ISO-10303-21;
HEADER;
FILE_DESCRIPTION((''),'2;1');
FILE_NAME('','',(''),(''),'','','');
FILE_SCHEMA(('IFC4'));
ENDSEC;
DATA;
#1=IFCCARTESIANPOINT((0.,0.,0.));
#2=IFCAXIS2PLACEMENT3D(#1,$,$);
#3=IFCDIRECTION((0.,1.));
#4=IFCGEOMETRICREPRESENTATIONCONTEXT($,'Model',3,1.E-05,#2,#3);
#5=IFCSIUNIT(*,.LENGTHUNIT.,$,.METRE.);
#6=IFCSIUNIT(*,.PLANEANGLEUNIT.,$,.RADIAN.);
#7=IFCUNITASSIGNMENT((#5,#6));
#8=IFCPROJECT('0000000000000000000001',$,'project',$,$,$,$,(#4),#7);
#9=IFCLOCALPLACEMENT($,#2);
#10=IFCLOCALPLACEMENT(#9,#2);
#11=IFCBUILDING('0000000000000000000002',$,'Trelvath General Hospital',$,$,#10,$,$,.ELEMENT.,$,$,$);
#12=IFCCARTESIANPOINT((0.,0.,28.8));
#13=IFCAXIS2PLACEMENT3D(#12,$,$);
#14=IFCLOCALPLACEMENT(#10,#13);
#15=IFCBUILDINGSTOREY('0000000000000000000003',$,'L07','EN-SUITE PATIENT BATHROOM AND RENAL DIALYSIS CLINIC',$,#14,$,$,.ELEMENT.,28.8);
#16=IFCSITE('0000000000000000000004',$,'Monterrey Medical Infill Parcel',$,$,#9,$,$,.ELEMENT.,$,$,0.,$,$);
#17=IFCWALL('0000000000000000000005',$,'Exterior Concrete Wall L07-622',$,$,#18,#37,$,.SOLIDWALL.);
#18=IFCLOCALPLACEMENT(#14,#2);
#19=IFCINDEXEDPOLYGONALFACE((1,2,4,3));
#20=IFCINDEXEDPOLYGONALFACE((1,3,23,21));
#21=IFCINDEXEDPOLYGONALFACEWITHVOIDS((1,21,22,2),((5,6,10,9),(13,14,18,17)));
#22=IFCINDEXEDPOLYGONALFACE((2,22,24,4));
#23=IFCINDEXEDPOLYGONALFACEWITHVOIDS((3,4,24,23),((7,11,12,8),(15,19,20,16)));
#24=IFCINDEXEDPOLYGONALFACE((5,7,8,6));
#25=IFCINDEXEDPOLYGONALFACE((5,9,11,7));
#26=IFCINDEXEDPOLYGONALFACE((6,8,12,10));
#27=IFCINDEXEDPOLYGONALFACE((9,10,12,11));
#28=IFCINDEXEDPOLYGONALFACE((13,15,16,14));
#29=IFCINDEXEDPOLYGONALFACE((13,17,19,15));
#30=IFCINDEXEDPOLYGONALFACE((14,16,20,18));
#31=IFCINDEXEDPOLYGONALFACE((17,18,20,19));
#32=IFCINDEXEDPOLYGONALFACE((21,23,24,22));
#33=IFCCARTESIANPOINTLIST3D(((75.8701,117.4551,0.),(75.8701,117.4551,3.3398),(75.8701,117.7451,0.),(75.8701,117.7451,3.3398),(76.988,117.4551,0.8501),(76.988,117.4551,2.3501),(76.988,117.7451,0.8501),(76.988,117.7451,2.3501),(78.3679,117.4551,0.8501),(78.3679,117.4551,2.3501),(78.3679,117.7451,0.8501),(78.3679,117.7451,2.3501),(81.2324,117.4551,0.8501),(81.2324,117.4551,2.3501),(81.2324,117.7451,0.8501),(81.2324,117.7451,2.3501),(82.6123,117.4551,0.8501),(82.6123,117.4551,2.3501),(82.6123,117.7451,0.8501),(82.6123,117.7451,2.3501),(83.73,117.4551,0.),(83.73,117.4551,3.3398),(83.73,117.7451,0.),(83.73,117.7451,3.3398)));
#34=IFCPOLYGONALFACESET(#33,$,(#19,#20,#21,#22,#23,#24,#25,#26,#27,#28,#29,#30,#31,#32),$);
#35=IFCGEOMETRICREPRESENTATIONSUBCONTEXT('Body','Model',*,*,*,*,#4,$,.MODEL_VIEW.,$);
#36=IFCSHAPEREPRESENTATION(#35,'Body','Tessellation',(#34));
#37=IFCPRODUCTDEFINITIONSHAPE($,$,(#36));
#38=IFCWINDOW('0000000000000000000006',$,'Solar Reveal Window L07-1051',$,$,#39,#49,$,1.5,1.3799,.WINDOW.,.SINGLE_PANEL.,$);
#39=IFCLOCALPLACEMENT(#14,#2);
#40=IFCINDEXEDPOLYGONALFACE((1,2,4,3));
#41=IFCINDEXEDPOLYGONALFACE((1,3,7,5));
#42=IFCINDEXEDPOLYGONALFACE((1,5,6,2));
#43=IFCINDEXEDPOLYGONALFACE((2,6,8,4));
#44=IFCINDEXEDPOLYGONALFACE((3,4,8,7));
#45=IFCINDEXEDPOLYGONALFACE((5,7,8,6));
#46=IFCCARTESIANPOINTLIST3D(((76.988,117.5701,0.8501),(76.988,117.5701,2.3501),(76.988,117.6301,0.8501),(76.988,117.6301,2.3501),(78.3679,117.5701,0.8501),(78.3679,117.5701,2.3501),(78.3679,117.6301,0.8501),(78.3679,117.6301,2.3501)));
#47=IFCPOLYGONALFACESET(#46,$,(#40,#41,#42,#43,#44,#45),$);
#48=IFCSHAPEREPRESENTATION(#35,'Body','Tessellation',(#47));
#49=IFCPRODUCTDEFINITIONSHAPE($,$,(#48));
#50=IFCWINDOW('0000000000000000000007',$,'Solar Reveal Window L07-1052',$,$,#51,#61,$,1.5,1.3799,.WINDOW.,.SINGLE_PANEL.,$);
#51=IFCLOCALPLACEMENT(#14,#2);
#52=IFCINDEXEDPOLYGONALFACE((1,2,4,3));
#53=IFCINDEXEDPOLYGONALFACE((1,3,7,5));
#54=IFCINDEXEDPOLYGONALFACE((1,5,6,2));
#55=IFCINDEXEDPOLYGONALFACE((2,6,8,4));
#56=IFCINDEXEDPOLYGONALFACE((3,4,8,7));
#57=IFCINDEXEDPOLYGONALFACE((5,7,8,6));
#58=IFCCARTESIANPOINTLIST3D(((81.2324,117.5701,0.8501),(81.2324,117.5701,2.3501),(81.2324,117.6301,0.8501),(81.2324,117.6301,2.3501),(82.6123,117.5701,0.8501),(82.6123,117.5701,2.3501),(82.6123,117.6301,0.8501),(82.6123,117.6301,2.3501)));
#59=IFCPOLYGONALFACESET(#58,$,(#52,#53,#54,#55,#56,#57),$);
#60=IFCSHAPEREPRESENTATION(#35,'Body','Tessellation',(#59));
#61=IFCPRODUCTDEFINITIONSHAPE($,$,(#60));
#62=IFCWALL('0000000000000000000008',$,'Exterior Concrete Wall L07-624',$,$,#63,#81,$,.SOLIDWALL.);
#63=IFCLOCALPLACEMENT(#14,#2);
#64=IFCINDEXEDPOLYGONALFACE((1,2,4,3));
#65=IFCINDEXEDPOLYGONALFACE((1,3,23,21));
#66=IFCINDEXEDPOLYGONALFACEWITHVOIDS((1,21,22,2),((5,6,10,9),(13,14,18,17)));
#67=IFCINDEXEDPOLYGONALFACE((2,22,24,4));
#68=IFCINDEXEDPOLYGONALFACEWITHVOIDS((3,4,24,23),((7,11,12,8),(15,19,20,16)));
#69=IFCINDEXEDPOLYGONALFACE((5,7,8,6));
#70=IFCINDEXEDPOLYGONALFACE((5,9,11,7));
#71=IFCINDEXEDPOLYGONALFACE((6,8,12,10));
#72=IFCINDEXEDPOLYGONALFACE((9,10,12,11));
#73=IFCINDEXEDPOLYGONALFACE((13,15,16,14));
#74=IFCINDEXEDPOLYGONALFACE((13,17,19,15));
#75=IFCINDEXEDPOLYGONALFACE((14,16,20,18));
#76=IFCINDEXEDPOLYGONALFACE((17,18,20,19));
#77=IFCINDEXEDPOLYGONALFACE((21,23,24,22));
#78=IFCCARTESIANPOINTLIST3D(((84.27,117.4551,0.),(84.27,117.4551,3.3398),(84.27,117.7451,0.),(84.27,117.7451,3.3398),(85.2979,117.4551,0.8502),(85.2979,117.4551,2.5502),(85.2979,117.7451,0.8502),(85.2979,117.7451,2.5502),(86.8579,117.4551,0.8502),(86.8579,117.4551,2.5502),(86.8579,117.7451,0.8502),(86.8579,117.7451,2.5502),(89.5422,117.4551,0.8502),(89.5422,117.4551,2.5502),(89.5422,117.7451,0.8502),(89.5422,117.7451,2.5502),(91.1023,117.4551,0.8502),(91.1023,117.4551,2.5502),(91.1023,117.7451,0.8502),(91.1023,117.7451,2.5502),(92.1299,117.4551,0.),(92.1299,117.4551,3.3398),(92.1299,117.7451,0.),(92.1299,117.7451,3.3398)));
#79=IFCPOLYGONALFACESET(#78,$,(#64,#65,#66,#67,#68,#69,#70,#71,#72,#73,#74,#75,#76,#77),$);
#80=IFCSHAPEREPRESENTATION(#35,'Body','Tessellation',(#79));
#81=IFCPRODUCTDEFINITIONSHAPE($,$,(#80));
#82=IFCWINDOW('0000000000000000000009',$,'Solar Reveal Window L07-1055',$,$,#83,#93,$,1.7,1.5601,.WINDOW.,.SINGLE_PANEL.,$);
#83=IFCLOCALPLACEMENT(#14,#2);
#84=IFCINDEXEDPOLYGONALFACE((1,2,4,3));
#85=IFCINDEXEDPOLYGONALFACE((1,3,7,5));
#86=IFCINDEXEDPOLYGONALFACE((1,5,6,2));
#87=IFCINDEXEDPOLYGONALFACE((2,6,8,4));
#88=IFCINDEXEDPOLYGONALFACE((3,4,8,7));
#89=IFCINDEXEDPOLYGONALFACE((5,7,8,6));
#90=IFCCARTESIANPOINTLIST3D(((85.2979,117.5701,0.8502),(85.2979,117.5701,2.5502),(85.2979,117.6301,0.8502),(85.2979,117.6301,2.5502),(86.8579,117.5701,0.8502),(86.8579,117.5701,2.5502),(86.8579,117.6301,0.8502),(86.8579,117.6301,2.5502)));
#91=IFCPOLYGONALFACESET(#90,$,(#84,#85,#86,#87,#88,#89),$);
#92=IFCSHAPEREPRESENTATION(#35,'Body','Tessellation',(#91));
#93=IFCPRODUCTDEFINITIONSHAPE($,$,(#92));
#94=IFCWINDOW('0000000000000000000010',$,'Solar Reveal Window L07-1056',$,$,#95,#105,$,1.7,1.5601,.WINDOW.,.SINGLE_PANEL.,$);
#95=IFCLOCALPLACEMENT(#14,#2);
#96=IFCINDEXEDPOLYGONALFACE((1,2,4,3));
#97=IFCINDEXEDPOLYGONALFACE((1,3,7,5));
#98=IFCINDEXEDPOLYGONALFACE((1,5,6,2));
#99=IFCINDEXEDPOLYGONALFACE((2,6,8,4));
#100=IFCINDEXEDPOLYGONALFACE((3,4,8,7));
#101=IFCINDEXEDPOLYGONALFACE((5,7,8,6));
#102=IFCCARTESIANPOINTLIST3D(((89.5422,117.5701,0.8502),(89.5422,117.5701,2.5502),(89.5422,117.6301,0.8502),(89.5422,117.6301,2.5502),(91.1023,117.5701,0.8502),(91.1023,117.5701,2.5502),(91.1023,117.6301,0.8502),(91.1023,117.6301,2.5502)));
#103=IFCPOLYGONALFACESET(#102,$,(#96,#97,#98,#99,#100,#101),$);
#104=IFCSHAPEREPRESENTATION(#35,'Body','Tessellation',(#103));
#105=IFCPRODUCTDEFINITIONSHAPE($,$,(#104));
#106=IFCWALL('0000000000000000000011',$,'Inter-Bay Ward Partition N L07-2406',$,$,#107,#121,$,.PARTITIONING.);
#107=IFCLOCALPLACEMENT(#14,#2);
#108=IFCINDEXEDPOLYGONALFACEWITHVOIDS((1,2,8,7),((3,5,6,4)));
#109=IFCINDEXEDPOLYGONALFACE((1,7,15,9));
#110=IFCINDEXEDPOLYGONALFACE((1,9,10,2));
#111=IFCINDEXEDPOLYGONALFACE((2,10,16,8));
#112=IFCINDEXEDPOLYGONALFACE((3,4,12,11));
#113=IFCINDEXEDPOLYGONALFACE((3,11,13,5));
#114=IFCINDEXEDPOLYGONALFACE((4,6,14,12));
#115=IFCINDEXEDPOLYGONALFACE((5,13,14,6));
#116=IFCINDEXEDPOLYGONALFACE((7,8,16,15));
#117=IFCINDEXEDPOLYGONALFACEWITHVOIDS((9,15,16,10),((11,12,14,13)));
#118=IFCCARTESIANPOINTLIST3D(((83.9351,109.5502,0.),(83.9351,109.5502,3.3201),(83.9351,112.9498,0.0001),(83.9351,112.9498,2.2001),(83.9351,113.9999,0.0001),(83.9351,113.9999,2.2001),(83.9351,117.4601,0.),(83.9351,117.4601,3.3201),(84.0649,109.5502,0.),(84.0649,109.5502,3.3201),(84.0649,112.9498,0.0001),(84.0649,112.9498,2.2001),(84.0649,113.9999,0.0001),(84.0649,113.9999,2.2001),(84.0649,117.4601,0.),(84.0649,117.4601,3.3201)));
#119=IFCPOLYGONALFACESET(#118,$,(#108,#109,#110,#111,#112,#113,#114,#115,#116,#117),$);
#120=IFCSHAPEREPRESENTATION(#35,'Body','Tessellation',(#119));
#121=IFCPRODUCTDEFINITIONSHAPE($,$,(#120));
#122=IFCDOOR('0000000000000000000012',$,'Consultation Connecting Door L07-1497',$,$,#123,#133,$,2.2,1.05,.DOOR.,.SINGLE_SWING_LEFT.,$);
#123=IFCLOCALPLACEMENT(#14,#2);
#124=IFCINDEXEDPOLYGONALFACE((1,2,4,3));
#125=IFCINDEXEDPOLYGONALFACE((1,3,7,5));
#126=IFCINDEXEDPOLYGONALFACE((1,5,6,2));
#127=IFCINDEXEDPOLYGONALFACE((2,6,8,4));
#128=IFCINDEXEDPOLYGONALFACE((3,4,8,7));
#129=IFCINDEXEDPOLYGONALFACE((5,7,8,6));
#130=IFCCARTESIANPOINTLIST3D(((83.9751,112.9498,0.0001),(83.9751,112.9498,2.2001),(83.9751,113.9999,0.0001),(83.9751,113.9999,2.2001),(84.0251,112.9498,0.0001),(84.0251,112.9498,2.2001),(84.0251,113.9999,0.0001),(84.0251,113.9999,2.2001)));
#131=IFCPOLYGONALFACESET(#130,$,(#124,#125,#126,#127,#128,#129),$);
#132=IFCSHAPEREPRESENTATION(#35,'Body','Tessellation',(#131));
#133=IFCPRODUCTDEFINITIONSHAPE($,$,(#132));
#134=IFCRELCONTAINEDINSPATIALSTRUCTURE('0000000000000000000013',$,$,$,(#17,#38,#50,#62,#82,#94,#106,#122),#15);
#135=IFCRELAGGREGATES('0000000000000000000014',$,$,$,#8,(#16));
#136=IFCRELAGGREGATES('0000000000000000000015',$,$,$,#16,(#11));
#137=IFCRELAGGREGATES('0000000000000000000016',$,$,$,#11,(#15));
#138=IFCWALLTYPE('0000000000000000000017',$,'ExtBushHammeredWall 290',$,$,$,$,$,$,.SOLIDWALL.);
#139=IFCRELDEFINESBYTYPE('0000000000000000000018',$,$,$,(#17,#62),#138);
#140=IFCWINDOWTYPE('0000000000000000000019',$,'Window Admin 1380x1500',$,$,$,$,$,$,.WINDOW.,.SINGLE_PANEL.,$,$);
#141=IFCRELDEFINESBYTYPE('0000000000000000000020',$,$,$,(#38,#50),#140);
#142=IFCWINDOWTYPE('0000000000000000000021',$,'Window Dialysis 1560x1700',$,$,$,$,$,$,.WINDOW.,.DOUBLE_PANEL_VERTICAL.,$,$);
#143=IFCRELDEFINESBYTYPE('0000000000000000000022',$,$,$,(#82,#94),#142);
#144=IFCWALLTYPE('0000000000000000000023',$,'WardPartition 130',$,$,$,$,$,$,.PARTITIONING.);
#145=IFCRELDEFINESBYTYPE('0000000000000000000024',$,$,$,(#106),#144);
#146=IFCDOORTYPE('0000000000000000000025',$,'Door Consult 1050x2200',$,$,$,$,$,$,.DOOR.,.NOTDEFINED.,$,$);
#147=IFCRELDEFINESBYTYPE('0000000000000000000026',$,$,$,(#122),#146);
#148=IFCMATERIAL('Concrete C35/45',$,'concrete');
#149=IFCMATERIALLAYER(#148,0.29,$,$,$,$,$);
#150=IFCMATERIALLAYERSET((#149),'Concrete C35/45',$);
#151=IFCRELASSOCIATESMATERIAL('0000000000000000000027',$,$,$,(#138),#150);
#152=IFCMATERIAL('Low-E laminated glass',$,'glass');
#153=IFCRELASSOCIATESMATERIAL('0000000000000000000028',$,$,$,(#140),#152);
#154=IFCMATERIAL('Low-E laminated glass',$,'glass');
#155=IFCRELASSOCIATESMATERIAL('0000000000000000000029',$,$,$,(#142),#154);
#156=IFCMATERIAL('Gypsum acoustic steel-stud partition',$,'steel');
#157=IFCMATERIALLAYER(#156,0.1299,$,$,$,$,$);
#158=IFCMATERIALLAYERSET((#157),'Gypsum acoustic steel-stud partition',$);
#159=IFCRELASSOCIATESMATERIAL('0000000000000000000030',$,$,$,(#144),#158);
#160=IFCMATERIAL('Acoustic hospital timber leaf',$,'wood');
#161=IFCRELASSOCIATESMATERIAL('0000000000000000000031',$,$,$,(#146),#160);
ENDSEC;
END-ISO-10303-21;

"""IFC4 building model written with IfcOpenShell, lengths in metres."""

from ifc_helpers import new_model, si_unit, direction, frame, frame_2d, origin, place, context, subcontext, project, spatial, rectangle, extrude, material, layer, layer_set, type_object, element, fill, save


model = new_model("IFC4")

# Units and contexts
model_context = context("Model", 3, precision=1e-05, world=origin(), true_north=direction((0.0, 1.0)))
body_context = subcontext(model_context, "Body", "Model", "MODEL_VIEW")
ifc_project = project(units=[si_unit("LENGTHUNIT", "METRE"), si_unit("PLANEANGLEUNIT", "RADIAN")], contexts=[model_context])

# Site, building, storey
site_placement = place(None, origin())
site = spatial("IfcSite", under=ifc_project, at=site_placement, Name="Monterrey Medical Infill Parcel", CompositionType="ELEMENT", RefElevation=0.0)
building_placement = place(site_placement, origin())
building = spatial("IfcBuilding", under=site, at=building_placement, Name="Trelvath General Hospital", CompositionType="ELEMENT")
storey_placement = place(building_placement, frame((0.0, 0.0, 28.8)))
storey = spatial("IfcBuildingStorey", under=building, at=storey_placement, Name="L07", Description="EN-SUITE PATIENT BATHROOM AND RENAL DIALYSIS CLINIC", CompositionType="ELEMENT", Elevation=28.8)

# Walls, openings, windows
ifc_material_1 = material(Name="Concrete C35/45", Category="concrete")
ifc_layer_1 = layer(ifc_material_1, 0.29)
ifc_layer_set_1 = layer_set([ifc_layer_1], Name="Concrete C35/45")
wall_type_1 = type_object("IfcWallType", Name="ExtBushHammeredWall 290", PredefinedType="SOLIDWALL", material=ifc_layer_set_1)
wall_1_placement = place(storey_placement, frame((75.8701, 117.6001, 0.0), z_axis=(0.0, 0.0, 1.0), x_axis=(1.0, 0.0, 0.0)))
wall_1 = element("IfcWall", 1, at=wall_1_placement, inside=storey, type_object=wall_type_1, Name="Exterior Concrete Wall L07-622", PredefinedType="SOLIDWALL", context=body_context, shape_type="SweptSolid", body=[
    extrude(rectangle(XDim=7.8599, YDim=0.29, at=frame_2d((3.9299, 0.0))), origin(), (0.0, 0.0, 1.0), 3.3398),
])
opening_1_placement = place(wall_1_placement, frame((1.1179, 0.0, 0.8501)))
opening_1 = element("IfcOpeningElement", 2, at=opening_1_placement, cuts=wall_1, PredefinedType="OPENING", context=body_context, shape_type="SweptSolid", body=[
    extrude(rectangle(XDim=1.3799, YDim=1.5, at=frame_2d((0.6899, 0.75))), frame((0.0, 0.155, 0.0), z_axis=(0.0, -1.0, 0.0), x_axis=(1.0, 0.0, 0.0)), (0.0, 0.0, 1.0), 0.3101),
])
opening_2_placement = place(wall_1_placement, frame((5.3623, 0.0, 0.8501)))
opening_2 = element("IfcOpeningElement", 3, at=opening_2_placement, cuts=wall_1, PredefinedType="OPENING", context=body_context, shape_type="SweptSolid", body=[
    extrude(rectangle(XDim=1.3799, YDim=1.5, at=frame_2d((0.6899, 0.75))), frame((0.0, 0.155, 0.0), z_axis=(0.0, -1.0, 0.0), x_axis=(1.0, 0.0, 0.0)), (0.0, 0.0, 1.0), 0.3101),
])
ifc_material_2 = material(Name="Low-E laminated glass", Category="glass")
window_type_1 = type_object("IfcWindowType", Name="Window Admin 1380x1500", PartitioningType="SINGLE_PANEL", PredefinedType="WINDOW", material=ifc_material_2)
window_1_placement = place(opening_1_placement, origin())
window_1 = element("IfcWindow", 4, at=window_1_placement, inside=storey, type_object=window_type_1, Name="Solar Reveal Window L07-1051", OverallHeight=1.5, OverallWidth=1.3799, PartitioningType="SINGLE_PANEL", PredefinedType="WINDOW", context=body_context, shape_type="SweptSolid", body=[
    extrude(rectangle(XDim=1.3799, YDim=1.5, at=frame_2d((0.6899, 0.75))), frame((0.0, 0.03, 0.0), z_axis=(0.0, -1.0, 0.0), x_axis=(1.0, 0.0, 0.0)), (0.0, 0.0, 1.0), 0.0601),
])
fill(opening_1, window_1)
window_2_placement = place(opening_2_placement, origin())
window_2 = element("IfcWindow", 5, at=window_2_placement, inside=storey, type_object=window_type_1, Name="Solar Reveal Window L07-1052", OverallHeight=1.5, OverallWidth=1.3799, PartitioningType="SINGLE_PANEL", PredefinedType="WINDOW", context=body_context, shape_type="SweptSolid", body=[
    extrude(rectangle(XDim=1.3799, YDim=1.5, at=frame_2d((0.6899, 0.75))), frame((0.0, 0.03, 0.0), z_axis=(0.0, -1.0, 0.0), x_axis=(1.0, 0.0, 0.0)), (0.0, 0.0, 1.0), 0.0601),
])
fill(opening_2, window_2)
wall_2_placement = place(storey_placement, frame((84.27, 117.6001, 0.0), z_axis=(0.0, 0.0, 1.0), x_axis=(1.0, 0.0, 0.0)))
wall_2 = element("IfcWall", 6, at=wall_2_placement, inside=storey, type_object=wall_type_1, Name="Exterior Concrete Wall L07-624", PredefinedType="SOLIDWALL", context=body_context, shape_type="SweptSolid", body=[
    extrude(rectangle(XDim=7.8599, YDim=0.29, at=frame_2d((3.9299, 0.0))), origin(), (0.0, 0.0, 1.0), 3.3398),
])
opening_3_placement = place(wall_2_placement, frame((1.0278, 0.0, 0.8501)))
opening_3 = element("IfcOpeningElement", 7, at=opening_3_placement, cuts=wall_2, PredefinedType="OPENING", context=body_context, shape_type="SweptSolid", body=[
    extrude(rectangle(XDim=1.5601, YDim=1.7, at=frame_2d((0.78, 0.8501))), frame((0.0, 0.155, 0.0), z_axis=(0.0, -1.0, 0.0), x_axis=(1.0, 0.0, 0.0)), (0.0, 0.0, 1.0), 0.3101),
])
opening_4_placement = place(wall_2_placement, frame((5.2722, 0.0, 0.8501)))
opening_4 = element("IfcOpeningElement", 8, at=opening_4_placement, cuts=wall_2, PredefinedType="OPENING", context=body_context, shape_type="SweptSolid", body=[
    extrude(rectangle(XDim=1.5601, YDim=1.7, at=frame_2d((0.78, 0.8501))), frame((0.0, 0.155, 0.0), z_axis=(0.0, -1.0, 0.0), x_axis=(1.0, 0.0, 0.0)), (0.0, 0.0, 1.0), 0.3101),
])
ifc_material_3 = material(Name="Low-E laminated glass", Category="glass")
window_type_2 = type_object("IfcWindowType", Name="Window Dialysis 1560x1700", PartitioningType="DOUBLE_PANEL_VERTICAL", PredefinedType="WINDOW", material=ifc_material_3)
window_3_placement = place(opening_3_placement, origin())
window_3 = element("IfcWindow", 9, at=window_3_placement, inside=storey, type_object=window_type_2, Name="Solar Reveal Window L07-1055", OverallHeight=1.7, OverallWidth=1.5601, PartitioningType="SINGLE_PANEL", PredefinedType="WINDOW", context=body_context, shape_type="SweptSolid", body=[
    extrude(rectangle(XDim=1.5601, YDim=1.7, at=frame_2d((0.78, 0.8501))), frame((0.0, 0.03, 0.0), z_axis=(0.0, -1.0, 0.0), x_axis=(1.0, 0.0, 0.0)), (0.0, 0.0, 1.0), 0.0601),
])
fill(opening_3, window_3)
window_4_placement = place(opening_4_placement, origin())
window_4 = element("IfcWindow", 10, at=window_4_placement, inside=storey, type_object=window_type_2, Name="Solar Reveal Window L07-1056", OverallHeight=1.7, OverallWidth=1.5601, PartitioningType="SINGLE_PANEL", PredefinedType="WINDOW", context=body_context, shape_type="SweptSolid", body=[
    extrude(rectangle(XDim=1.5601, YDim=1.7, at=frame_2d((0.78, 0.8501))), frame((0.0, 0.03, 0.0), z_axis=(0.0, -1.0, 0.0), x_axis=(1.0, 0.0, 0.0)), (0.0, 0.0, 1.0), 0.0601),
])
fill(opening_4, window_4)

# Wall, opening, door
ifc_material_4 = material(Name="Gypsum acoustic steel-stud partition", Category="steel")
ifc_layer_2 = layer(ifc_material_4, 0.1299)
ifc_layer_set_2 = layer_set([ifc_layer_2], Name="Gypsum acoustic steel-stud partition")
wall_type_2 = type_object("IfcWallType", Name="WardPartition 130", PredefinedType="PARTITIONING", material=ifc_layer_set_2)
wall_3_placement = place(storey_placement, frame((84.0, 109.55, 0.0), z_axis=(0.0, 0.0, 1.0), x_axis=(0.0, 1.0, 0.0)))
wall_3 = element("IfcWall", 11, at=wall_3_placement, inside=storey, type_object=wall_type_2, Name="Inter-Bay Ward Partition N L07-2406", PredefinedType="PARTITIONING", context=body_context, shape_type="SweptSolid", body=[
    extrude(rectangle(XDim=7.9099, YDim=0.1299, at=frame_2d((3.9551, 0.0))), origin(), (0.0, 0.0, 1.0), 3.3201),
])
opening_5_placement = place(wall_3_placement, frame((3.3999, 0.0, 0.0)))
opening_5 = element("IfcOpeningElement", 12, at=opening_5_placement, cuts=wall_3, PredefinedType="OPENING", context=body_context, shape_type="SweptSolid", body=[
    extrude(rectangle(XDim=1.05, YDim=2.2, at=frame_2d((0.5249, 1.1001))), frame((0.0, 0.075, 0.0), z_axis=(0.0, -1.0, 0.0), x_axis=(1.0, 0.0, 0.0)), (0.0, 0.0, 1.0), 0.1499),
])
ifc_material_5 = material(Name="Acoustic hospital timber leaf", Category="wood")
door_type = type_object("IfcDoorType", Name="Door Consult 1050x2200", OperationType="NOTDEFINED", PredefinedType="DOOR", material=ifc_material_5)
door_placement = place(opening_5_placement, origin())
door = element("IfcDoor", 13, at=door_placement, inside=storey, type_object=door_type, Name="Consultation Connecting Door L07-1497", OperationType="SINGLE_SWING_LEFT", OverallHeight=2.2, OverallWidth=1.05, PredefinedType="DOOR", context=body_context, shape_type="SweptSolid", body=[
    extrude(rectangle(XDim=1.05, YDim=2.2, at=frame_2d((0.5249, 1.1001))), frame((0.0, 0.0249, 0.0), z_axis=(0.0, -1.0, 0.0), x_axis=(1.0, 0.0, 0.0)), (0.0, 0.0, 1.0), 0.05),
])
fill(opening_5, door)

save(model, "model.ifc")
